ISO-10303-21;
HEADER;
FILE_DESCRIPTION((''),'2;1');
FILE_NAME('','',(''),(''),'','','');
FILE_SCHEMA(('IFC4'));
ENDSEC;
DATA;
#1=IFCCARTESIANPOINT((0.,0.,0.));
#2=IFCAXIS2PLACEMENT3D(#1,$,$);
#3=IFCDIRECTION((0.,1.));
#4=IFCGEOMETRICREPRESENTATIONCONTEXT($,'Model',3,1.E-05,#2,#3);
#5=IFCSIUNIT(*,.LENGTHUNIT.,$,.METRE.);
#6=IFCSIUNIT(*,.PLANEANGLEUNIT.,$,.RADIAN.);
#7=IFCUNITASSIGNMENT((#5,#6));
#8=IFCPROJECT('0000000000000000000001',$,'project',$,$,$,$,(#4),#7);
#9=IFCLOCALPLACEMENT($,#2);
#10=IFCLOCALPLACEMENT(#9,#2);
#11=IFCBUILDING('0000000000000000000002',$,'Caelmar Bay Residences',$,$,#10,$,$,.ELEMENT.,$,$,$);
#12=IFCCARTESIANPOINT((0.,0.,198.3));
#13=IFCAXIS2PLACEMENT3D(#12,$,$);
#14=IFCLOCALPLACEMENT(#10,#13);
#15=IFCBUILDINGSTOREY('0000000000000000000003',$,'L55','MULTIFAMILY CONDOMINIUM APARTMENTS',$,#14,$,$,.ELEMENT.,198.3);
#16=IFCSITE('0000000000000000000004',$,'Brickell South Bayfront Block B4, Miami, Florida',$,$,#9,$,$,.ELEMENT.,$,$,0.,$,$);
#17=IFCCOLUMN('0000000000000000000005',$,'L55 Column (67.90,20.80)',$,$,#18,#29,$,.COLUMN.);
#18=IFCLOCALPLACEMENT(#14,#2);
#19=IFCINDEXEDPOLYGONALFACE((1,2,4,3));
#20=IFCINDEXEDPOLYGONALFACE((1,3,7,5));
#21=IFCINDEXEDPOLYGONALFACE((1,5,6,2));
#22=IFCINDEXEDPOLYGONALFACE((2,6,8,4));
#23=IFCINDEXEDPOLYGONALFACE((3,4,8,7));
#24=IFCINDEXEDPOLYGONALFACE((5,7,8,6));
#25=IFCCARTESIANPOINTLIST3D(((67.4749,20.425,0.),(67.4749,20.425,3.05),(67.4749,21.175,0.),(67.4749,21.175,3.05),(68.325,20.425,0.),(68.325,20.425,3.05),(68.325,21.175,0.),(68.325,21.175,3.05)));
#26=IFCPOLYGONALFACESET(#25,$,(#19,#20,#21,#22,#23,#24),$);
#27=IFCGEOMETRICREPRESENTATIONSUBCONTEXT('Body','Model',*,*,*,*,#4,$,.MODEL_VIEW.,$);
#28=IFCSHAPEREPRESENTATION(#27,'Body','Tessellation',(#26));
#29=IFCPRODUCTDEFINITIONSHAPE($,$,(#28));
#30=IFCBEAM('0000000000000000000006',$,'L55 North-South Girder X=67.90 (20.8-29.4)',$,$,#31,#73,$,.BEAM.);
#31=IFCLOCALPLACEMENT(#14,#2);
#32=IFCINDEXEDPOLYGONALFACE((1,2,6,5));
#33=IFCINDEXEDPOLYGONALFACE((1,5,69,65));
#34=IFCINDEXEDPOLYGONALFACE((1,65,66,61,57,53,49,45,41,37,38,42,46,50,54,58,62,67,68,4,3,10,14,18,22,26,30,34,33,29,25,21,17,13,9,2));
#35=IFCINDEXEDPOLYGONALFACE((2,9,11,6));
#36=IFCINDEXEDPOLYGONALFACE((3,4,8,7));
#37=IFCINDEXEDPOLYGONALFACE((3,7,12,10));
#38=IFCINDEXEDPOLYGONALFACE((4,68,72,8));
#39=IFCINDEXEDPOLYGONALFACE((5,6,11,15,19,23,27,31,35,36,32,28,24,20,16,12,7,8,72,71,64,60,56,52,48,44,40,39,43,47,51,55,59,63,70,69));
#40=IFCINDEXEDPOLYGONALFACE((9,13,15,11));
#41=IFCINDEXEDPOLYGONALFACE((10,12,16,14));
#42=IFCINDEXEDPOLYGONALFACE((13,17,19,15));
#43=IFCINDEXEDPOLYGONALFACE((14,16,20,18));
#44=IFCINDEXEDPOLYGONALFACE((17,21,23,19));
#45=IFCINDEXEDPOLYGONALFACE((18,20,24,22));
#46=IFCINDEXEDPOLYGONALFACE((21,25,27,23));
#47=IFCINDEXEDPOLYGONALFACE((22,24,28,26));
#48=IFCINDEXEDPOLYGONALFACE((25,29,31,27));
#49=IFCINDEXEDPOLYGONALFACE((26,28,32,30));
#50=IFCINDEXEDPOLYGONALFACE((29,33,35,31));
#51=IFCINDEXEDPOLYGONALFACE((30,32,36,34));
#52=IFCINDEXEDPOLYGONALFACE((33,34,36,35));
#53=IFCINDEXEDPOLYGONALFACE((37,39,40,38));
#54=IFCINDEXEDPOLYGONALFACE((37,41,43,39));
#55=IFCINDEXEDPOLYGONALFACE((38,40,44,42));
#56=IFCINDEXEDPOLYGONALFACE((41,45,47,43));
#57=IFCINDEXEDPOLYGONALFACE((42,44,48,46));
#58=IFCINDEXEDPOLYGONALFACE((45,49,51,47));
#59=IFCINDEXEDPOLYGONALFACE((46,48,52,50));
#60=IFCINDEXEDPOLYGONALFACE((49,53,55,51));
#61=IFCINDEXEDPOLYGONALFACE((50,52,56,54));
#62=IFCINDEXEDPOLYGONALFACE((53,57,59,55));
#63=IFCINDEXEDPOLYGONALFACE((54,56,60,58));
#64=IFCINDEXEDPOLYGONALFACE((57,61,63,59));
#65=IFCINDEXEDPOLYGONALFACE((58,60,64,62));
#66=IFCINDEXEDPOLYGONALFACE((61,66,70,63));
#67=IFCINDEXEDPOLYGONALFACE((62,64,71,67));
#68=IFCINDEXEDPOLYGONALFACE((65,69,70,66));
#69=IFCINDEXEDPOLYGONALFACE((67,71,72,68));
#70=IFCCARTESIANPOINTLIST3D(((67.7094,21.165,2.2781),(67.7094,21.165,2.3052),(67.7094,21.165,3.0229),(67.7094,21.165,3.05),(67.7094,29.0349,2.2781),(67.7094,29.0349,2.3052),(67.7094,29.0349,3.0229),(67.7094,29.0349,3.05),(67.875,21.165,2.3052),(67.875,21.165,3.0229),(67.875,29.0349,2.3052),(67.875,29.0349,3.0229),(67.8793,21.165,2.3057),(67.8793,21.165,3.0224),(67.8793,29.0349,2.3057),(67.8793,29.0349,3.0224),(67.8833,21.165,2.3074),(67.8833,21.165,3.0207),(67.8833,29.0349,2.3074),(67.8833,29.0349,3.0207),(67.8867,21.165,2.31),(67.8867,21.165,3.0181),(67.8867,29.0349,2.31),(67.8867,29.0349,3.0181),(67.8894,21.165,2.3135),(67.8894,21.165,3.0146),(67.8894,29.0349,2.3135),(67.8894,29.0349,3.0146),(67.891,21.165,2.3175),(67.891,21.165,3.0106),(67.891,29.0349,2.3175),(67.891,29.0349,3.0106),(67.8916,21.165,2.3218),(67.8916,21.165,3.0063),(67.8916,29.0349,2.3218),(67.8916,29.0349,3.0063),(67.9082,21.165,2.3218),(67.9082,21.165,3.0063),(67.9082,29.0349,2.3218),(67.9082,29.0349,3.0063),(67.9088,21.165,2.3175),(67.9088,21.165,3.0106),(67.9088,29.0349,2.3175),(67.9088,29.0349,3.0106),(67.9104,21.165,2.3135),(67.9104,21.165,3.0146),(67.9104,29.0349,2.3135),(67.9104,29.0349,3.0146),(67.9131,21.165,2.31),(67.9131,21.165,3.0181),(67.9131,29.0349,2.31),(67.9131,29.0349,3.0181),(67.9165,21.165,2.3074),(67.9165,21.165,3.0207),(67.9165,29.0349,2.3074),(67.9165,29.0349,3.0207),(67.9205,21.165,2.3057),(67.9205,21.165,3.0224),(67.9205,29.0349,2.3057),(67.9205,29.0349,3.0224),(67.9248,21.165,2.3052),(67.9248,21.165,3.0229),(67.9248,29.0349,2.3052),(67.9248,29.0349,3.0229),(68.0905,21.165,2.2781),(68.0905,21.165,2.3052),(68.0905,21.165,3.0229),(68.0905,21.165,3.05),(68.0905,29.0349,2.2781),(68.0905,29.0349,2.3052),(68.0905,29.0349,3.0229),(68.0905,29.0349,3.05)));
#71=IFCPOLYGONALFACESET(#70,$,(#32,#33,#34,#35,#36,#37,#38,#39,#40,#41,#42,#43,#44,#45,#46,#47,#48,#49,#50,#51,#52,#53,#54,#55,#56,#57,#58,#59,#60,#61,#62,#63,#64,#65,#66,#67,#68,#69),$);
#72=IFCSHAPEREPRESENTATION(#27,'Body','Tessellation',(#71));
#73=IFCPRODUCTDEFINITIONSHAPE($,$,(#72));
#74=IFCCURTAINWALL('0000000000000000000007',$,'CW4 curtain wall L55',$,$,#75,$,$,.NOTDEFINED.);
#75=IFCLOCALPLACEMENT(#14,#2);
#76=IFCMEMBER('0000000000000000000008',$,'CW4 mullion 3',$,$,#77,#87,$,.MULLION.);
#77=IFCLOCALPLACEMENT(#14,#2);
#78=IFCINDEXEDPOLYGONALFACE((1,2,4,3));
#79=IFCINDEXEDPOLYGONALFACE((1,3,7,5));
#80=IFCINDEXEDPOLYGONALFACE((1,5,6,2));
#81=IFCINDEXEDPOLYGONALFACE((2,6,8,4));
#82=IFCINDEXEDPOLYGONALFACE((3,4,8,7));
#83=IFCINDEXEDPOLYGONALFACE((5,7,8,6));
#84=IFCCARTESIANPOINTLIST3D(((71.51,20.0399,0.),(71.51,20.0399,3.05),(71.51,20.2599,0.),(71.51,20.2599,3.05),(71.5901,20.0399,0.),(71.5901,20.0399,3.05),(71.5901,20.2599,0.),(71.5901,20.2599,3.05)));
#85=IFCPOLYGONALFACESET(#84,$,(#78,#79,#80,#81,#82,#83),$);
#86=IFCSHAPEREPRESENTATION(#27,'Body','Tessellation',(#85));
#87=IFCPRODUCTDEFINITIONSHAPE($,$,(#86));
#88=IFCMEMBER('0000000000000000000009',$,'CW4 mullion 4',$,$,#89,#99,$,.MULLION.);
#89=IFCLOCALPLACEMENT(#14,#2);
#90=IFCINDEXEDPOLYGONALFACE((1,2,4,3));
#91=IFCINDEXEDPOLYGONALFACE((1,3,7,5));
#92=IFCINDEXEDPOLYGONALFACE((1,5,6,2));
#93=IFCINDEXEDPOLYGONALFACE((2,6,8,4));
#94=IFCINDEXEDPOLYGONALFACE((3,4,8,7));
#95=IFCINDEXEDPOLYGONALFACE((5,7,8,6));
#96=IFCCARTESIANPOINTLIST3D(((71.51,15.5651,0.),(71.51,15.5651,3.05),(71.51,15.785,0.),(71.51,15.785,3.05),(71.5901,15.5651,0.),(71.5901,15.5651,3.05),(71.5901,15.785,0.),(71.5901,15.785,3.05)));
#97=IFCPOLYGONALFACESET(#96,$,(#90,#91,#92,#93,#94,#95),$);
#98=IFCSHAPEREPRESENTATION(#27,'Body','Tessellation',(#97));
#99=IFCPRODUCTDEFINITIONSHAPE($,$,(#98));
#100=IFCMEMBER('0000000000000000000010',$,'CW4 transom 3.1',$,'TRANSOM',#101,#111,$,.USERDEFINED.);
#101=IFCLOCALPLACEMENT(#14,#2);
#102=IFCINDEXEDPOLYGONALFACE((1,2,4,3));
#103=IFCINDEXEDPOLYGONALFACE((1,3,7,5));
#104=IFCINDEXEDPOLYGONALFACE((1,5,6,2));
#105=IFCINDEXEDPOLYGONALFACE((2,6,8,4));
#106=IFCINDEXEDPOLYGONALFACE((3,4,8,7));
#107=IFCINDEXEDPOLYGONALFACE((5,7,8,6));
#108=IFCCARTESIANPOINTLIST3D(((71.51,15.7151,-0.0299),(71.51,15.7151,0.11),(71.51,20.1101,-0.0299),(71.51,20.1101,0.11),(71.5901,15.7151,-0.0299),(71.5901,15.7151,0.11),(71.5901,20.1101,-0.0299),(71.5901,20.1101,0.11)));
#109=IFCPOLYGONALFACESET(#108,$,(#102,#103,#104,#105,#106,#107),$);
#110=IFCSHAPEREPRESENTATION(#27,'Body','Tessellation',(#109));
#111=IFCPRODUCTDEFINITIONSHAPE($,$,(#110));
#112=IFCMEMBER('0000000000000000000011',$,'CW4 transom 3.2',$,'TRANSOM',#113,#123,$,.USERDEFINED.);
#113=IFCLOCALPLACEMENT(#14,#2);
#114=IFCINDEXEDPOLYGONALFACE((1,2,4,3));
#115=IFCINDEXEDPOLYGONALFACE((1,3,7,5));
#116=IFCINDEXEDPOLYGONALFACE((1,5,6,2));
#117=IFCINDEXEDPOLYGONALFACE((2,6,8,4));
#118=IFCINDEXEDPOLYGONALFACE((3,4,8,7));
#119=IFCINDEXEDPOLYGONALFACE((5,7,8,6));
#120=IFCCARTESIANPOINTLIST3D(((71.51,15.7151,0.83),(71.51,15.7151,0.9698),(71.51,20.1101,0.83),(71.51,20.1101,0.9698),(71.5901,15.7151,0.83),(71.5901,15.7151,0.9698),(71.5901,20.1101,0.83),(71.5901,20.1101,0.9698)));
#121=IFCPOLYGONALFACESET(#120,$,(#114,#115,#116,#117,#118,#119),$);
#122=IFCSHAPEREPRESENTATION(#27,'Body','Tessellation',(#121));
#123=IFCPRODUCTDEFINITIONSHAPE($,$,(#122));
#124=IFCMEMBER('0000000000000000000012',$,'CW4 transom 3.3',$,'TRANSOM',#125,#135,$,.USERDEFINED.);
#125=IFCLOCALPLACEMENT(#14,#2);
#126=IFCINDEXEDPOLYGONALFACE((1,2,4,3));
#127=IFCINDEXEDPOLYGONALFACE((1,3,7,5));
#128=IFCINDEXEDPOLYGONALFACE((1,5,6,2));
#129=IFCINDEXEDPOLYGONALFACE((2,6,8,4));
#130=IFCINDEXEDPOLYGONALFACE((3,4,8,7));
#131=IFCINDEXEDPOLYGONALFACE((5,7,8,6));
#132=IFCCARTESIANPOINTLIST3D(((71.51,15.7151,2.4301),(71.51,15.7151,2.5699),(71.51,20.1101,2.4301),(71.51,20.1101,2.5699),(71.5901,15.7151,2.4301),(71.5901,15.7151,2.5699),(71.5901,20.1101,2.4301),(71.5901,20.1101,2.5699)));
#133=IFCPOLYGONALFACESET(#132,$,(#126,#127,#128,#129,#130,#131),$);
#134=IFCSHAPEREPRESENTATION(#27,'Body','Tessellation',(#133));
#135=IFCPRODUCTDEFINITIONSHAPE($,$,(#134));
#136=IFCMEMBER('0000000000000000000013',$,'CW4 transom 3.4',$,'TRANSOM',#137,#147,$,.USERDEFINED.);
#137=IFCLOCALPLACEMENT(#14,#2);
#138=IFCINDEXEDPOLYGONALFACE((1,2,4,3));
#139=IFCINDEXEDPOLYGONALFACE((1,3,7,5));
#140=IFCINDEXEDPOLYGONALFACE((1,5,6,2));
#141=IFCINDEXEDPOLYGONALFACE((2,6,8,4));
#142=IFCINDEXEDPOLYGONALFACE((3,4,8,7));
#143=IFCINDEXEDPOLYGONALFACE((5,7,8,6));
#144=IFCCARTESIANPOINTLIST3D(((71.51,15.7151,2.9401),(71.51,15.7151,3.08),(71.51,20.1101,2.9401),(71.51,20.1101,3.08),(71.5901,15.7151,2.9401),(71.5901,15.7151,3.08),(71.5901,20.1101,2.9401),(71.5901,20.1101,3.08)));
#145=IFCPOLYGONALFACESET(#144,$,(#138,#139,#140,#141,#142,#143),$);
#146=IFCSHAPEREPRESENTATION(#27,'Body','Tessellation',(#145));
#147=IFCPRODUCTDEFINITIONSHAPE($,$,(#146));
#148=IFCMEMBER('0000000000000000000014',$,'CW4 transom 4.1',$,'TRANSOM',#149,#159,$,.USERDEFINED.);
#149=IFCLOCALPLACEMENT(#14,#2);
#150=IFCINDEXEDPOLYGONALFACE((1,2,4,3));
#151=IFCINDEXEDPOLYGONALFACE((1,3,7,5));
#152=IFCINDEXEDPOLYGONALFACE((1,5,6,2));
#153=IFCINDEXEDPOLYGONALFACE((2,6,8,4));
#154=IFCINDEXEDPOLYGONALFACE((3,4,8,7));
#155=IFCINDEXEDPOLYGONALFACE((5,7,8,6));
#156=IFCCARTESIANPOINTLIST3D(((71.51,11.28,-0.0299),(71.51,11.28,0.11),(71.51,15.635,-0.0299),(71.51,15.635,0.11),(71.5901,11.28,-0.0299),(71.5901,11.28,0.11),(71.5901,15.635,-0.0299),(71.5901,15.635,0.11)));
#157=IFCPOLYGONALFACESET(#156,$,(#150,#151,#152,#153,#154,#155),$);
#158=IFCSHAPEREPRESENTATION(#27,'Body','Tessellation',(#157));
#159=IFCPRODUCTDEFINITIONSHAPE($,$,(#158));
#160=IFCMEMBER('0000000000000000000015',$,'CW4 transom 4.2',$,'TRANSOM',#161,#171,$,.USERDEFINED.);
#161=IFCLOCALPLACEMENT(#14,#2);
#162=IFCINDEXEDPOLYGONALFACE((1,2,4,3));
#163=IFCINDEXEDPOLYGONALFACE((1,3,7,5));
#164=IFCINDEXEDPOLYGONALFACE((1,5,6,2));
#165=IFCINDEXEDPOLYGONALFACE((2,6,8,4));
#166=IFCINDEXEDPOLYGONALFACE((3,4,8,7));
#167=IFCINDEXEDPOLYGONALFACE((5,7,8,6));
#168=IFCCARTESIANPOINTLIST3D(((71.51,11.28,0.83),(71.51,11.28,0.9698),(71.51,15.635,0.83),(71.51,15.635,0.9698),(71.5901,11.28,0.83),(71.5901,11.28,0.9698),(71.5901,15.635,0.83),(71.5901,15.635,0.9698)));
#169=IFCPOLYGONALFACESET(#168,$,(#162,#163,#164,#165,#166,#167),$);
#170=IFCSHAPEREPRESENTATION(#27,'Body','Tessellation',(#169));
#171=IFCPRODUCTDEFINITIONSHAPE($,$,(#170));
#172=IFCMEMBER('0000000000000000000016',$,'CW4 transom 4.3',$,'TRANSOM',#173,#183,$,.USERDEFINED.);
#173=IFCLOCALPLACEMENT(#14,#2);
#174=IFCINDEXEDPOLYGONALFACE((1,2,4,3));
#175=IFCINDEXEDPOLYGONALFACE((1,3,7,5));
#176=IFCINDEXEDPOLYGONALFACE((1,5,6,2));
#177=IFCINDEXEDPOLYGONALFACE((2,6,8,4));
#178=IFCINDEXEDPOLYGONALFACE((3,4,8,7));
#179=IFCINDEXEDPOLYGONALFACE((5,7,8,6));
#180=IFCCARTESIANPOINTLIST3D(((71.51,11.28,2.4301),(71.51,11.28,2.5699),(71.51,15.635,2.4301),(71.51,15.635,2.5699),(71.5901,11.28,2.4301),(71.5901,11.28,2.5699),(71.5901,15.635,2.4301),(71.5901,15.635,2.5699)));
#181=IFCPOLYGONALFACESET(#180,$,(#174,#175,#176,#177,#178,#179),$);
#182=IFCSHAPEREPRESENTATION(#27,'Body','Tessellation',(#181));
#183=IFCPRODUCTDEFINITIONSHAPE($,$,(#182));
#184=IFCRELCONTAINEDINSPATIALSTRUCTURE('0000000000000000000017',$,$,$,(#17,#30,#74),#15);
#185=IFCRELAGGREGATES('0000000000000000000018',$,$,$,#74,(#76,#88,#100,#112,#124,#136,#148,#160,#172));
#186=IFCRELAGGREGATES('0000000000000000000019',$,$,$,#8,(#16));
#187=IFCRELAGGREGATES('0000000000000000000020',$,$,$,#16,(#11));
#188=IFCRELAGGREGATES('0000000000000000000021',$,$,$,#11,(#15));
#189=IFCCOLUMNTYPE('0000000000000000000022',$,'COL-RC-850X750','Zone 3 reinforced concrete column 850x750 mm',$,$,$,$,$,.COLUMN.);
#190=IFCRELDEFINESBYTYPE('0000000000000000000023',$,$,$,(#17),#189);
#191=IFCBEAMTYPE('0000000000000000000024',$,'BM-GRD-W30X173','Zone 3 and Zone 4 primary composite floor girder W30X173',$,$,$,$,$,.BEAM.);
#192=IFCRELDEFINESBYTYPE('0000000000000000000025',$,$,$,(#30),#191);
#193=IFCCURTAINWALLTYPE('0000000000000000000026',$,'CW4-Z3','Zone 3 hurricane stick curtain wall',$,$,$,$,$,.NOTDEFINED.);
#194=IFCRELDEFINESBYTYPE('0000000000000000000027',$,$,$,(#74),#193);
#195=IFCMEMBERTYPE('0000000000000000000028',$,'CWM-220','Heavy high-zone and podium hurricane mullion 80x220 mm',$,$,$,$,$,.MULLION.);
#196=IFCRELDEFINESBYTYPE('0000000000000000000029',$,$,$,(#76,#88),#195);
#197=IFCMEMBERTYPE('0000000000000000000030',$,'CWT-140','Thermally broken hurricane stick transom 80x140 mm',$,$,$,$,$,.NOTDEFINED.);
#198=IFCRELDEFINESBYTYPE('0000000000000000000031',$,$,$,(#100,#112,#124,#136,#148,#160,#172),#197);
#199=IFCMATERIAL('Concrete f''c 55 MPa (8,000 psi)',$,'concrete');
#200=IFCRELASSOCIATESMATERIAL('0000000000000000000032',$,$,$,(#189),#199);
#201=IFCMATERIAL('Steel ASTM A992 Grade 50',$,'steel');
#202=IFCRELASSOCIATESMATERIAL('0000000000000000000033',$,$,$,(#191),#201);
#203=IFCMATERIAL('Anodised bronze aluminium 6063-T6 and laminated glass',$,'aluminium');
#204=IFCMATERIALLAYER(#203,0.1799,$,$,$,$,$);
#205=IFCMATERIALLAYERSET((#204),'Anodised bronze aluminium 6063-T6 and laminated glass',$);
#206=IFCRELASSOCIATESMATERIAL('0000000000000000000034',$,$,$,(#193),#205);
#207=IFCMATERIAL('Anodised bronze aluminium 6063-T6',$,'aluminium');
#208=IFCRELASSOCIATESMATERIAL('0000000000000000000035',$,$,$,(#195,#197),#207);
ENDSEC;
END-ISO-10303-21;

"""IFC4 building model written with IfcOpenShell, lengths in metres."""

from ifc_helpers import new_model, si_unit, direction, frame, origin, origin_2d, place, context, subcontext, project, spatial, rectangle, i_section, extrude, material, layer, layer_set, material_profile, profile_set, type_object, element, aggregate, save


model = new_model("IFC4")

# Units and contexts
model_context = context("Model", 3, precision=1e-05, world=origin(), true_north=direction((0.0, 1.0)))
body_context = subcontext(model_context, "Body", "Model", "MODEL_VIEW")
ifc_project = project(units=[si_unit("LENGTHUNIT", "METRE"), si_unit("PLANEANGLEUNIT", "RADIAN")], contexts=[model_context])

# Site, building, storey
site_placement = place(None, origin())
site = spatial("IfcSite", under=ifc_project, at=site_placement, Name="Brickell South Bayfront Block B4, Miami, Florida", CompositionType="ELEMENT", RefElevation=0.0)
building_placement = place(site_placement, origin())
building = spatial("IfcBuilding", under=site, at=building_placement, Name="Caelmar Bay Residences", CompositionType="ELEMENT")
storey_placement = place(building_placement, frame((0.0, 0.0, 198.3)))
storey = spatial("IfcBuildingStorey", under=building, at=storey_placement, Name="L55", Description="MULTIFAMILY CONDOMINIUM APARTMENTS", CompositionType="ELEMENT", Elevation=198.3)

# Column
ifc_material_1 = material(Name="Concrete f'c 55 MPa (8,000 psi)", Category="concrete")
ifc_material_profile_1 = material_profile(ifc_material_1, rectangle(XDim=0.8501, YDim=0.75, at=origin_2d()), Name="RC-COL-850X750")
ifc_profile_set_1 = profile_set([ifc_material_profile_1], Name="Concrete f'c 55 MPa (8,000 psi)")
column_type = type_object("IfcColumnType", Name="COL-RC-850X750", Description="Zone 3 reinforced concrete column 850x750 mm", PredefinedType="COLUMN", material=ifc_profile_set_1)
column_placement = place(storey_placement, frame((67.8999, 20.8, 0.0), z_axis=(0.0, 0.0, 1.0), x_axis=(1.0, 0.0, 0.0)))
element("IfcColumn", 1, at=column_placement, inside=storey, type_object=column_type, Name="L55 Column (67.90,20.80)", PredefinedType="COLUMN", context=body_context, shape_type="SweptSolid", body=[
    extrude(rectangle(XDim=0.8501, YDim=0.75, at=origin_2d()), origin(), (0.0, 0.0, 1.0), 3.05),
])

# Beam
ifc_material_2 = material(Name="Steel ASTM A992 Grade 50", Category="steel")
ifc_material_profile_2 = material_profile(ifc_material_2, i_section(OverallWidth=0.3811, OverallDepth=0.772, WebThickness=0.0166, FlangeThickness=0.0271, FilletRadius=0.0166, at=origin_2d()), Name="W30X173")
ifc_profile_set_2 = profile_set([ifc_material_profile_2], Name="Steel ASTM A992 Grade 50")
beam_type = type_object("IfcBeamType", Name="BM-GRD-W30X173", Description="Zone 3 and Zone 4 primary composite floor girder W30X173", PredefinedType="BEAM", material=ifc_profile_set_2)
beam_placement = place(storey_placement, frame((67.8999, 21.165, 2.6641), z_axis=(0.0, 1.0, 0.0), x_axis=(-1.0, 0.0, 0.0)))
element("IfcBeam", 2, at=beam_placement, inside=storey, type_object=beam_type, Name="L55 North-South Girder X=67.90 (20.8-29.4)", PredefinedType="BEAM", context=body_context, shape_type="SweptSolid", body=[
    extrude(i_section(OverallWidth=0.3811, OverallDepth=0.772, WebThickness=0.0166, FlangeThickness=0.0271, FilletRadius=0.0166, at=origin_2d()), origin(), (0.0, 0.0, 1.0), 7.8699),
])

# Curtain wall, members
ifc_material_3 = material(Name="Anodised bronze aluminium 6063-T6 and laminated glass", Category="aluminium")
ifc_layer_1 = layer(ifc_material_3, 0.1799)
ifc_layer_set_1 = layer_set([ifc_layer_1], Name="Anodised bronze aluminium 6063-T6 and laminated glass")
curtain_wall_type = type_object("IfcCurtainWallType", Name="CW4-Z3", Description="Zone 3 hurricane stick curtain wall", PredefinedType="NOTDEFINED", material=ifc_layer_set_1)
curtain_wall_placement = place(storey_placement, origin())
curtain_wall = element("IfcCurtainWall", 3, at=curtain_wall_placement, inside=storey, type_object=curtain_wall_type, Name="CW4 curtain wall L55", PredefinedType="NOTDEFINED")
ifc_material_4 = material(Name="Anodised bronze aluminium 6063-T6", Category="aluminium")
ifc_material_profile_3 = material_profile(ifc_material_4, rectangle(XDim=0.0801, YDim=0.22, at=origin_2d()), Name="CWM-80X220")
ifc_profile_set_3 = profile_set([ifc_material_profile_3], Name="Anodised bronze aluminium 6063-T6")
member_type_1 = type_object("IfcMemberType", Name="CWM-220", Description="Heavy high-zone and podium hurricane mullion 80x220 mm", PredefinedType="MULLION", material=ifc_profile_set_3)
member_1_placement = place(storey_placement, frame((71.55, 20.1499, 0.0), z_axis=(0.0, 0.0, 1.0), x_axis=(1.0, 0.0, 0.0)))
member_1 = element("IfcMember", 4, at=member_1_placement, type_object=member_type_1, Name="CW4 mullion 3", PredefinedType="MULLION", context=body_context, shape_type="SweptSolid", body=[
    extrude(rectangle(XDim=0.0801, YDim=0.22, at=origin_2d()), origin(), (0.0, 0.0, 1.0), 3.05),
])
member_2_placement = place(storey_placement, frame((71.55, 15.675, 0.0), z_axis=(0.0, 0.0, 1.0), x_axis=(1.0, 0.0, 0.0)))
member_2 = element("IfcMember", 5, at=member_2_placement, type_object=member_type_1, Name="CW4 mullion 4", PredefinedType="MULLION", context=body_context, shape_type="SweptSolid", body=[
    extrude(rectangle(XDim=0.0801, YDim=0.22, at=origin_2d()), origin(), (0.0, 0.0, 1.0), 3.05),
])
ifc_material_profile_4 = material_profile(ifc_material_4, rectangle(XDim=0.0801, YDim=0.1399, at=origin_2d()), Name="CWT-80X140")
ifc_profile_set_4 = profile_set([ifc_material_profile_4], Name="Anodised bronze aluminium 6063-T6")
member_type_2 = type_object("IfcMemberType", Name="CWT-140", Description="Thermally broken hurricane stick transom 80x140 mm", PredefinedType="NOTDEFINED", material=ifc_profile_set_4)
member_3_placement = place(storey_placement, frame((71.55, 20.1101, 0.04), z_axis=(0.0, -1.0, 0.0), x_axis=(1.0, 0.0, 0.0)))
member_3 = element("IfcMember", 6, at=member_3_placement, type_object=member_type_2, Name="CW4 transom 3.1", ObjectType="TRANSOM", PredefinedType="USERDEFINED", context=body_context, shape_type="SweptSolid", body=[
    extrude(rectangle(XDim=0.0801, YDim=0.1399, at=origin_2d()), origin(), (0.0, 0.0, 1.0), 4.395),
])
member_4_placement = place(storey_placement, frame((71.55, 20.1101, 0.8999), z_axis=(0.0, -1.0, 0.0), x_axis=(1.0, 0.0, 0.0)))
member_4 = element("IfcMember", 7, at=member_4_placement, type_object=member_type_2, Name="CW4 transom 3.2", ObjectType="TRANSOM", PredefinedType="USERDEFINED", context=body_context, shape_type="SweptSolid", body=[
    extrude(rectangle(XDim=0.0801, YDim=0.1399, at=origin_2d()), origin(), (0.0, 0.0, 1.0), 4.395),
])
member_5_placement = place(storey_placement, frame((71.55, 20.1101, 2.5), z_axis=(0.0, -1.0, 0.0), x_axis=(1.0, 0.0, 0.0)))
member_5 = element("IfcMember", 8, at=member_5_placement, type_object=member_type_2, Name="CW4 transom 3.3", ObjectType="TRANSOM", PredefinedType="USERDEFINED", context=body_context, shape_type="SweptSolid", body=[
    extrude(rectangle(XDim=0.0801, YDim=0.1399, at=origin_2d()), origin(), (0.0, 0.0, 1.0), 4.395),
])
member_6_placement = place(storey_placement, frame((71.55, 20.1101, 3.01), z_axis=(0.0, -1.0, 0.0), x_axis=(1.0, 0.0, 0.0)))
member_6 = element("IfcMember", 9, at=member_6_placement, type_object=member_type_2, Name="CW4 transom 3.4", ObjectType="TRANSOM", PredefinedType="USERDEFINED", context=body_context, shape_type="SweptSolid", body=[
    extrude(rectangle(XDim=0.0801, YDim=0.1399, at=origin_2d()), origin(), (0.0, 0.0, 1.0), 4.395),
])
member_7_placement = place(storey_placement, frame((71.55, 15.635, 0.04), z_axis=(0.0, -1.0, 0.0), x_axis=(1.0, 0.0, 0.0)))
member_7 = element("IfcMember", 10, at=member_7_placement, type_object=member_type_2, Name="CW4 transom 4.1", ObjectType="TRANSOM", PredefinedType="USERDEFINED", context=body_context, shape_type="SweptSolid", body=[
    extrude(rectangle(XDim=0.0801, YDim=0.1399, at=origin_2d()), origin(), (0.0, 0.0, 1.0), 4.355),
])
member_8_placement = place(storey_placement, frame((71.55, 15.635, 0.8999), z_axis=(0.0, -1.0, 0.0), x_axis=(1.0, 0.0, 0.0)))
member_8 = element("IfcMember", 11, at=member_8_placement, type_object=member_type_2, Name="CW4 transom 4.2", ObjectType="TRANSOM", PredefinedType="USERDEFINED", context=body_context, shape_type="SweptSolid", body=[
    extrude(rectangle(XDim=0.0801, YDim=0.1399, at=origin_2d()), origin(), (0.0, 0.0, 1.0), 4.355),
])
member_9_placement = place(storey_placement, frame((71.55, 15.635, 2.5), z_axis=(0.0, -1.0, 0.0), x_axis=(1.0, 0.0, 0.0)))
member_9 = element("IfcMember", 12, at=member_9_placement, type_object=member_type_2, Name="CW4 transom 4.3", ObjectType="TRANSOM", PredefinedType="USERDEFINED", context=body_context, shape_type="SweptSolid", body=[
    extrude(rectangle(XDim=0.0801, YDim=0.1399, at=origin_2d()), origin(), (0.0, 0.0, 1.0), 4.355),
])
aggregate(curtain_wall, [member_1, member_2, member_3, member_4, member_5, member_6, member_7, member_8, member_9])

save(model, "model.ifc")
